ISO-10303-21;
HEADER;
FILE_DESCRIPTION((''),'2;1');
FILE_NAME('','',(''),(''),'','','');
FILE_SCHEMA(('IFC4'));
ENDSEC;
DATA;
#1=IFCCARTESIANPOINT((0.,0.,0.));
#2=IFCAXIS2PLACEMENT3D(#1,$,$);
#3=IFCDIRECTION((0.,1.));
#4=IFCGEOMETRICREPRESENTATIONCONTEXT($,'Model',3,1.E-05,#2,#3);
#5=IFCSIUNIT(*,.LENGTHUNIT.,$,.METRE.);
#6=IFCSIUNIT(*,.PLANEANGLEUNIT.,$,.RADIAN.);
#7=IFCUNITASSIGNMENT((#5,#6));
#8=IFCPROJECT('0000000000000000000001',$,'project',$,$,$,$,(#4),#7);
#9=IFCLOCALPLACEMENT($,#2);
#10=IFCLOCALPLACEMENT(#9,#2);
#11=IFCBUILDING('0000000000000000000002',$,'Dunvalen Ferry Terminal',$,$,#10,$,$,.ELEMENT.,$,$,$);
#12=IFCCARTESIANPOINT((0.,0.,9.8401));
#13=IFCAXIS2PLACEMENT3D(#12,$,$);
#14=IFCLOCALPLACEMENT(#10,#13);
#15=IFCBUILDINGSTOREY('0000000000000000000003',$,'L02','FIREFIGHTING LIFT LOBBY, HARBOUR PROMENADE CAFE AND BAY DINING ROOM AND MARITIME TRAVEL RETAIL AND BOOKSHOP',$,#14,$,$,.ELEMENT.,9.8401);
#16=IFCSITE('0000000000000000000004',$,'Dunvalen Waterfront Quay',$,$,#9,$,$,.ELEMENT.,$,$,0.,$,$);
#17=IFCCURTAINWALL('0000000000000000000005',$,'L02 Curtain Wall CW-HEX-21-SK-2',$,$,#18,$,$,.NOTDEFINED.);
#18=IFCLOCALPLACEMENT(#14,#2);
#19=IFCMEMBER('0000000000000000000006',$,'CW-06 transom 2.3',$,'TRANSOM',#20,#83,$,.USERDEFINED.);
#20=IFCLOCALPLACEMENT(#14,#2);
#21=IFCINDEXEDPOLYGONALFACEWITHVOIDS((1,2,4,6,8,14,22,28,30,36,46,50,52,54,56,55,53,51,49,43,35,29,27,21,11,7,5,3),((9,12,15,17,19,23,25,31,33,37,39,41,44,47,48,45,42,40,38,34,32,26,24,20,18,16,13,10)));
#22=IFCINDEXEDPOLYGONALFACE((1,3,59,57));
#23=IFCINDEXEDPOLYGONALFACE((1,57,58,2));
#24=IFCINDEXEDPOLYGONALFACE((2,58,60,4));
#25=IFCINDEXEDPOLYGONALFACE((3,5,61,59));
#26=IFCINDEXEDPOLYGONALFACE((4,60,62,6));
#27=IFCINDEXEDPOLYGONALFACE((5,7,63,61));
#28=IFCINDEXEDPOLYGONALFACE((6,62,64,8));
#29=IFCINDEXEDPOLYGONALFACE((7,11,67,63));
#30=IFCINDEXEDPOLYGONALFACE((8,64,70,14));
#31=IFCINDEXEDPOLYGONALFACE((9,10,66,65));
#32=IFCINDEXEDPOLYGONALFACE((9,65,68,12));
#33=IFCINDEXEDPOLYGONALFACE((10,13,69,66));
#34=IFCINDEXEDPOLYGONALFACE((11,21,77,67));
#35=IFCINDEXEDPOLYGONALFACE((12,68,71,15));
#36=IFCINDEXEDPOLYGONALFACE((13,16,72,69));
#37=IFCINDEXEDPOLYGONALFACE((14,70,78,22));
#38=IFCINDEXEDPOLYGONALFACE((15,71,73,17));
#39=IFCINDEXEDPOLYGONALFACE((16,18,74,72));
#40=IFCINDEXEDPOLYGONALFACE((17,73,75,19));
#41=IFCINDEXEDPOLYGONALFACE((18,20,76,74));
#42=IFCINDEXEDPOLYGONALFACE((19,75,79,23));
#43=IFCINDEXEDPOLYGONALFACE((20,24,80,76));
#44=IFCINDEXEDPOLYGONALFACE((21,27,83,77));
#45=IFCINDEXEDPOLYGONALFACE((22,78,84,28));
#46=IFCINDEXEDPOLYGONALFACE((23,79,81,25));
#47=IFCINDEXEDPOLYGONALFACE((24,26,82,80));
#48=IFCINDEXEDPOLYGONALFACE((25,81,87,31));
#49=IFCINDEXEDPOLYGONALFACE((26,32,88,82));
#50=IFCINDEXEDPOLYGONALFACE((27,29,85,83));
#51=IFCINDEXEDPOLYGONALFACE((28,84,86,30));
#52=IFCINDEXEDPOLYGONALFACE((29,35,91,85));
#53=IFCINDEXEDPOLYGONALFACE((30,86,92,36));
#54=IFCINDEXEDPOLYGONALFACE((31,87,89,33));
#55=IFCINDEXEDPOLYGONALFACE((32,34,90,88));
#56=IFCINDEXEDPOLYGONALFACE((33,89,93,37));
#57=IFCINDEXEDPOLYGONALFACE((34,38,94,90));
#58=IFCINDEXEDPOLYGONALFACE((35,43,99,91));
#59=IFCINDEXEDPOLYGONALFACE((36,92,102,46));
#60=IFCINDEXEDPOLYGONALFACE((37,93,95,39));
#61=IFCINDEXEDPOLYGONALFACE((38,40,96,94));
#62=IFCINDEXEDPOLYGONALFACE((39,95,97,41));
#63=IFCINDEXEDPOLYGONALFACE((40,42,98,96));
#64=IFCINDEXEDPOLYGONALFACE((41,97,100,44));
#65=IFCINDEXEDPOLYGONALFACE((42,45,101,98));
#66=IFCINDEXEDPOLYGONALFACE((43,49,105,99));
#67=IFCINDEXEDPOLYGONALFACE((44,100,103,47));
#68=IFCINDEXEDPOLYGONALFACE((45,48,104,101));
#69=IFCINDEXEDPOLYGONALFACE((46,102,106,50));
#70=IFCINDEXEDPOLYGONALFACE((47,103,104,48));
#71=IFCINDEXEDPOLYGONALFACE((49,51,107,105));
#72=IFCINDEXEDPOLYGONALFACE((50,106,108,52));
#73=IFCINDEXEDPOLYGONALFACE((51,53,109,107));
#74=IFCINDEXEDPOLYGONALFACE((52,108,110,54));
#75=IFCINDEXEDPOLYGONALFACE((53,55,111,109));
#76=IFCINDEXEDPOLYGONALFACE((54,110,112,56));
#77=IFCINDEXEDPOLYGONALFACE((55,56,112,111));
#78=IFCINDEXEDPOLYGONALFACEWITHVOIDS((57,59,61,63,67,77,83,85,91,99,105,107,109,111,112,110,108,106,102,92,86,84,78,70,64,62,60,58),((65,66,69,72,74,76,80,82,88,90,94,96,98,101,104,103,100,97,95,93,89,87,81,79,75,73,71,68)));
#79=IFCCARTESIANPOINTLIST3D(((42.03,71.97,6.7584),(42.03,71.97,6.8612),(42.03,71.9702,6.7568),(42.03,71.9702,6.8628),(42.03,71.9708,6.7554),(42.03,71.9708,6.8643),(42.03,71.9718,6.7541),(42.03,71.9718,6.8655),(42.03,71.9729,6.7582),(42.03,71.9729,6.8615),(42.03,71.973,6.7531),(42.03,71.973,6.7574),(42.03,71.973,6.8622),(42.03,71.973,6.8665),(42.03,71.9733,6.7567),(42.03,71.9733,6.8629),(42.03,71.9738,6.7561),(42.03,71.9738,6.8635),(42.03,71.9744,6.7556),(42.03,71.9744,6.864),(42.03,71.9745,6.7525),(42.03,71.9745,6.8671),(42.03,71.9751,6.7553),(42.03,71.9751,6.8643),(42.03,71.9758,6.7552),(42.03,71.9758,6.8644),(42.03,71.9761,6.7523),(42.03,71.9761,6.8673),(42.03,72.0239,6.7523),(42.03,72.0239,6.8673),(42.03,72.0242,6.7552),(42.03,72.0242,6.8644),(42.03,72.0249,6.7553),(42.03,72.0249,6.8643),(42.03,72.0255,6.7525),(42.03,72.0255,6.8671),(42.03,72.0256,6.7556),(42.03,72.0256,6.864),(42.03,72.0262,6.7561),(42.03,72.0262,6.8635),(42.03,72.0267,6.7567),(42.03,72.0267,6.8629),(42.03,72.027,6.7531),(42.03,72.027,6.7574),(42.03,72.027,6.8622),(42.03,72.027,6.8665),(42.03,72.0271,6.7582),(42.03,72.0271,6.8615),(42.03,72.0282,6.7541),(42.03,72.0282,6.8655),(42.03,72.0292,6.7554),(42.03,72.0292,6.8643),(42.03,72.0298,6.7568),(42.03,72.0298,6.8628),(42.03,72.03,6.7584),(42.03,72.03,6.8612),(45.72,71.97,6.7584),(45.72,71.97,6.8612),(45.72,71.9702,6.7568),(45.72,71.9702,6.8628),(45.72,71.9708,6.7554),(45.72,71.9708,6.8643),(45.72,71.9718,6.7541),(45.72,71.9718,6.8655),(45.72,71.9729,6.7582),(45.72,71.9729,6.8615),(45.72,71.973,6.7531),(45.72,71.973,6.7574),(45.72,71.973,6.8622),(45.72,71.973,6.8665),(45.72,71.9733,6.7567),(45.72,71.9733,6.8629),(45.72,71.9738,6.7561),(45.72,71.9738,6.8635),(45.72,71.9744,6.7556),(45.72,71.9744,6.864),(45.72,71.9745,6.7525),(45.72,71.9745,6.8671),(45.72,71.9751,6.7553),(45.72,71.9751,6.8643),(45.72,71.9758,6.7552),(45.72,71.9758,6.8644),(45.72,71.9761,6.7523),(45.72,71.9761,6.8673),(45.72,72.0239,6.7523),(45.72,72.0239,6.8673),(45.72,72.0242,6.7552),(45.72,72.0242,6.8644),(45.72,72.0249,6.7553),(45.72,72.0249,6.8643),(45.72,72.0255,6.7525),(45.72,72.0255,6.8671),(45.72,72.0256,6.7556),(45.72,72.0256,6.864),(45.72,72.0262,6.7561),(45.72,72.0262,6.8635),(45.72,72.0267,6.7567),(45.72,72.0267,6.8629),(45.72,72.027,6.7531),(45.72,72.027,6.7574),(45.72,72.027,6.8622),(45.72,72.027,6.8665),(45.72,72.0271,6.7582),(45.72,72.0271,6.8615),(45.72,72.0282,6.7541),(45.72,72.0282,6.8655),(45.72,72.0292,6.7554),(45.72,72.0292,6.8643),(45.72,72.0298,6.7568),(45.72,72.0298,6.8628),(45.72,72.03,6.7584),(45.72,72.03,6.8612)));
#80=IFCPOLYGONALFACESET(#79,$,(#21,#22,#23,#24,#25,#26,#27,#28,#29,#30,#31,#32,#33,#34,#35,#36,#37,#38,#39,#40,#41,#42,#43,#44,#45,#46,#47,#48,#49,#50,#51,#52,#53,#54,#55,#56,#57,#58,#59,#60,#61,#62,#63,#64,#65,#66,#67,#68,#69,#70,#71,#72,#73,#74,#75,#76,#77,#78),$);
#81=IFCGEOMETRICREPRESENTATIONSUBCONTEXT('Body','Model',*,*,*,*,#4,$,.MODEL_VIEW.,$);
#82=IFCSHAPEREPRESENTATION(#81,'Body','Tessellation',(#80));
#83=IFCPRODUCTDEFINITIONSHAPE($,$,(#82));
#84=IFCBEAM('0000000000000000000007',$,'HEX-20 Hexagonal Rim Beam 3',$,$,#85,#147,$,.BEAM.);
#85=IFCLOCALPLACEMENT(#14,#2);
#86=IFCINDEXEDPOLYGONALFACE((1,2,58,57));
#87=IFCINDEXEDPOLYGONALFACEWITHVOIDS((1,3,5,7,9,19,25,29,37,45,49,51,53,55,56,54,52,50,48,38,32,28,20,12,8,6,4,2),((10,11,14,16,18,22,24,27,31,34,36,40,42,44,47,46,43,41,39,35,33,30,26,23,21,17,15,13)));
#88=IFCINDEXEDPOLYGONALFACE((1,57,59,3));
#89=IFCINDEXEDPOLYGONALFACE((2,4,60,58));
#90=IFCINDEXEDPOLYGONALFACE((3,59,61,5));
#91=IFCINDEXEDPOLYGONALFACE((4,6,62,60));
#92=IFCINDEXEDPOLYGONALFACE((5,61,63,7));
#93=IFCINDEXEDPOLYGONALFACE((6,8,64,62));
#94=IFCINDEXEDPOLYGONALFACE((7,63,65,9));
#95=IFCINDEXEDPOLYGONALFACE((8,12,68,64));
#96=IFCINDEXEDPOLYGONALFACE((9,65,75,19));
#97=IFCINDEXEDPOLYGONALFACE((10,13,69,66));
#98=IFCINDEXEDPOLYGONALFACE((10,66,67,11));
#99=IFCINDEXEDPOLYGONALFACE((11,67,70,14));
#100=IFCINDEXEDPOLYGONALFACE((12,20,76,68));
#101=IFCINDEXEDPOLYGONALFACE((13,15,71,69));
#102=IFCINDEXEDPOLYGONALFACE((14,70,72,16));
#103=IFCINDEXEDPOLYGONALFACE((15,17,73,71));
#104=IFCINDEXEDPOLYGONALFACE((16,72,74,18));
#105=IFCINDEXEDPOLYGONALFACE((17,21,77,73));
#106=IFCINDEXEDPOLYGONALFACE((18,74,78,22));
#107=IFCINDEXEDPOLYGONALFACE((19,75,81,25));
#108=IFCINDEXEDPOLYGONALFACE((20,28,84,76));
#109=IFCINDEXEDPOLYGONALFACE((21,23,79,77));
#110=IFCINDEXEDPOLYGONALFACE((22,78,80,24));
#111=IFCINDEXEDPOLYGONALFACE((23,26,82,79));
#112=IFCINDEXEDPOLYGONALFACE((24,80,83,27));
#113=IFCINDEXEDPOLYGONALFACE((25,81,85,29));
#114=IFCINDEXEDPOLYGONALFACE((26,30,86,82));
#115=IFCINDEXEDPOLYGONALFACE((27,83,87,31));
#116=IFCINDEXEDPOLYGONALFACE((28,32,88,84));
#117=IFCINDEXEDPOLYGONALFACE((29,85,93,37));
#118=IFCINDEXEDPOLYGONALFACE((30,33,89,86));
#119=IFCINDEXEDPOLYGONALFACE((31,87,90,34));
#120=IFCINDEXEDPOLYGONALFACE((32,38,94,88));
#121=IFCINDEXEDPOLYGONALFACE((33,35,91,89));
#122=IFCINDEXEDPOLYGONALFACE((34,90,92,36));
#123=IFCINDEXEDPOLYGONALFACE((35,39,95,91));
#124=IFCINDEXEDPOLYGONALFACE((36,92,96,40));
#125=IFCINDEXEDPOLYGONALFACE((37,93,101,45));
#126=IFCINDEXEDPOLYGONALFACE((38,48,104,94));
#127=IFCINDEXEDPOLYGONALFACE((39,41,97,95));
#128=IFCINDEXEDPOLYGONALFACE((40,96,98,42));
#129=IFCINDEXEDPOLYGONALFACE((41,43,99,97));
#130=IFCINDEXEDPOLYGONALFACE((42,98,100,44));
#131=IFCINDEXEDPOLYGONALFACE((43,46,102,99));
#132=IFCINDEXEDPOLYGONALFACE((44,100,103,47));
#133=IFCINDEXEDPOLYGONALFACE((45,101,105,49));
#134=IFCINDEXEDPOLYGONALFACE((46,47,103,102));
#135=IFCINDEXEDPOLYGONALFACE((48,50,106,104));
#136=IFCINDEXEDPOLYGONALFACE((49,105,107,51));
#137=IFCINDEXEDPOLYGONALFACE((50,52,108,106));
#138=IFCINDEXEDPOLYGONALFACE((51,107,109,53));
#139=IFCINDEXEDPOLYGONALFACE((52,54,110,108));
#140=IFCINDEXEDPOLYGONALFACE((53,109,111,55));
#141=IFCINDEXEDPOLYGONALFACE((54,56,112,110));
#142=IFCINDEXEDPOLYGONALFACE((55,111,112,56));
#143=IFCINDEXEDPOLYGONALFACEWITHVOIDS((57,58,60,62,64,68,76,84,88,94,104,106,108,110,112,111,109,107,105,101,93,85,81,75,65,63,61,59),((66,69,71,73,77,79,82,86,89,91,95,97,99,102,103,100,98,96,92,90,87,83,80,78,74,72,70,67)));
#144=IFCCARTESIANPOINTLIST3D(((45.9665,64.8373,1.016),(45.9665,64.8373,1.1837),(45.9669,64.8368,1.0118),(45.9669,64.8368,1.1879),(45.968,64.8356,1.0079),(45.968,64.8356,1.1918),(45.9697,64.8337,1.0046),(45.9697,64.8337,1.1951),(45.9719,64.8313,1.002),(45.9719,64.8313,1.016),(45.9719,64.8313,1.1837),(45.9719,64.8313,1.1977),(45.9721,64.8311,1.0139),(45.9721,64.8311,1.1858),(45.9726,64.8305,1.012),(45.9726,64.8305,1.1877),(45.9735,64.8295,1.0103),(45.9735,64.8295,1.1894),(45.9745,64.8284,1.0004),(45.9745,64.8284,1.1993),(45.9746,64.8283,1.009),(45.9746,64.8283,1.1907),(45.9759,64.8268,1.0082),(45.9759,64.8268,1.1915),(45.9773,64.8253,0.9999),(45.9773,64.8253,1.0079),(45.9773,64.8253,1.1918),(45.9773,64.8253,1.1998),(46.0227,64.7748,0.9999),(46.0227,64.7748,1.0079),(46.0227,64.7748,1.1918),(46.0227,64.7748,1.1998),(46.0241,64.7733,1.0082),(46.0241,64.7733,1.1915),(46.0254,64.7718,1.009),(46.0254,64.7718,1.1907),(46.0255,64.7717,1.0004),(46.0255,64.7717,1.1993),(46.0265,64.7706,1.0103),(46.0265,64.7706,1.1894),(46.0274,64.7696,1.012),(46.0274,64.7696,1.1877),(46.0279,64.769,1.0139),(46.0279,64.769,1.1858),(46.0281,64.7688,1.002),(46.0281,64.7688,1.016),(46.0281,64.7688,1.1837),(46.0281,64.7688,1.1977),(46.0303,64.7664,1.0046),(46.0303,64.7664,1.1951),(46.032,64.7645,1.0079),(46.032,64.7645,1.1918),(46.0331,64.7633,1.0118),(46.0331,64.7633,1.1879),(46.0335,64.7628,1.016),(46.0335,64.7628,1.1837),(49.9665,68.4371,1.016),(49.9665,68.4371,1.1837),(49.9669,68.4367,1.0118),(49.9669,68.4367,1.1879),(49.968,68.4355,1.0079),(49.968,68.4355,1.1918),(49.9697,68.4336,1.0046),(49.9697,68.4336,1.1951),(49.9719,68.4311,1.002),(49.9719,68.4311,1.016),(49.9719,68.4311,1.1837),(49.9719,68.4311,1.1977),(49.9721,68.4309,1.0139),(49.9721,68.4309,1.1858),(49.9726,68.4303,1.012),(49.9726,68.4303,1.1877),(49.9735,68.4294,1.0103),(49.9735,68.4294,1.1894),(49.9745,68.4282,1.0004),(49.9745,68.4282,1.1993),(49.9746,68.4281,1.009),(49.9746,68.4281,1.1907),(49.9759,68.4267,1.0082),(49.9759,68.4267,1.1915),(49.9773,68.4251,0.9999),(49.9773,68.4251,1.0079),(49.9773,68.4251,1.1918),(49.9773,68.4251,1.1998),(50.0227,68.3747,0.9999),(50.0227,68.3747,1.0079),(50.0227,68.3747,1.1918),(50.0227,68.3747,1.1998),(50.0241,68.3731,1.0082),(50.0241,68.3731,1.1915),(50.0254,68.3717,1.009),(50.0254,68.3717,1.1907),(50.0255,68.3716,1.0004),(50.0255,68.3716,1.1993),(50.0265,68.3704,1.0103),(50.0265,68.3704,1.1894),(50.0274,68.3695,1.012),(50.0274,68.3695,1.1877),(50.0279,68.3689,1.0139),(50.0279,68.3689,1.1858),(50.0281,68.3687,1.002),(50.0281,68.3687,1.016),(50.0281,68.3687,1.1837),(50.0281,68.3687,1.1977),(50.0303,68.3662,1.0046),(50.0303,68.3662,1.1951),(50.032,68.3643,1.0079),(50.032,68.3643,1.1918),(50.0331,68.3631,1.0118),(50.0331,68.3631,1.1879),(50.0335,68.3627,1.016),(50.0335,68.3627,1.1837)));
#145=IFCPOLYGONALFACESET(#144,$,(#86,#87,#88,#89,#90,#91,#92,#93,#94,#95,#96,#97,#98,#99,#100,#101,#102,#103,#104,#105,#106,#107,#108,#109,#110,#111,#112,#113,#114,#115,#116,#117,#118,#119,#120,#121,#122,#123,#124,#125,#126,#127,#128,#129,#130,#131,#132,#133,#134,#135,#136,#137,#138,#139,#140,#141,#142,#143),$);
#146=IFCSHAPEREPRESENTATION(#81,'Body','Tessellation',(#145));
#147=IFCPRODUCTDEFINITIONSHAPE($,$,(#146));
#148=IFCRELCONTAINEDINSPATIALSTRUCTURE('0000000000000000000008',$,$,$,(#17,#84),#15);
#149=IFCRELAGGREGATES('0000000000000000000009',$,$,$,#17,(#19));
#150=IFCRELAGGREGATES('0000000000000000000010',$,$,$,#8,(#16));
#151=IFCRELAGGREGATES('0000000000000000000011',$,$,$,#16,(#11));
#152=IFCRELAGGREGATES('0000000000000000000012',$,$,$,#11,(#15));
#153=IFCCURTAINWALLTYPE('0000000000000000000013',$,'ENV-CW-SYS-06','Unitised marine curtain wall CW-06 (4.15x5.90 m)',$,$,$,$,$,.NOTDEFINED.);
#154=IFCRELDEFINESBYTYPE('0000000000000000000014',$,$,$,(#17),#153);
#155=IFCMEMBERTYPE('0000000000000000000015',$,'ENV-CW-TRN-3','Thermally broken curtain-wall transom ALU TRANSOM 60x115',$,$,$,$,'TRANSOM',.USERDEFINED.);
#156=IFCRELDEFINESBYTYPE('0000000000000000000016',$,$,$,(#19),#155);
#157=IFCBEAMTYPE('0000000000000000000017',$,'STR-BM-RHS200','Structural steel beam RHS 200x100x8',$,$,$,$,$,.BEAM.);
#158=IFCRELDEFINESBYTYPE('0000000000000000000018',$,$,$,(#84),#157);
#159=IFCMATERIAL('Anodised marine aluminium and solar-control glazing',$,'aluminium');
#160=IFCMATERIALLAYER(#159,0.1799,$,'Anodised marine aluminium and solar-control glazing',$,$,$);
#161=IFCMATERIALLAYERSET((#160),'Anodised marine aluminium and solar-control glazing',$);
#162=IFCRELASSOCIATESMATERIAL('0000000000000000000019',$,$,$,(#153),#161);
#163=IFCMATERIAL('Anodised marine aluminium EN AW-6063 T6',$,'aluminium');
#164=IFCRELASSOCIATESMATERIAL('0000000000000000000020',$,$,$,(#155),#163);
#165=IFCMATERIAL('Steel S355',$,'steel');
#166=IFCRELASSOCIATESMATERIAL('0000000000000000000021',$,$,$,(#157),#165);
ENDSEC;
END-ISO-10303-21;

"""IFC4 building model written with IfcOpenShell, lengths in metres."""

from ifc_helpers import new_model, si_unit, direction, frame, origin, origin_2d, place, context, subcontext, project, spatial, hollow_rectangle, extrude, material, layer, layer_set, material_profile, profile_set, type_object, element, aggregate, save


model = new_model("IFC4")

# Units and contexts
model_context = context("Model", 3, precision=1e-05, world=origin(), true_north=direction((0.0, 1.0)))
body_context = subcontext(model_context, "Body", "Model", "MODEL_VIEW")
ifc_project = project(units=[si_unit("LENGTHUNIT", "METRE"), si_unit("PLANEANGLEUNIT", "RADIAN")], contexts=[model_context])

# Site, building, storey
site_placement = place(None, origin())
site = spatial("IfcSite", under=ifc_project, at=site_placement, Name="Dunvalen Waterfront Quay", CompositionType="ELEMENT", RefElevation=0.0)
building_placement = place(site_placement, origin())
building = spatial("IfcBuilding", under=site, at=building_placement, Name="Dunvalen Ferry Terminal", CompositionType="ELEMENT")
storey_placement = place(building_placement, frame((0.0, 0.0, 9.8401)))
storey = spatial("IfcBuildingStorey", under=building, at=storey_placement, Name="L02", Description="FIREFIGHTING LIFT LOBBY, HARBOUR PROMENADE CAFE AND BAY DINING ROOM AND MARITIME TRAVEL RETAIL AND BOOKSHOP", CompositionType="ELEMENT", Elevation=9.8401)

# Curtain wall, member
ifc_material_1 = material(Name="Anodised marine aluminium and solar-control glazing", Category="aluminium")
ifc_layer_1 = layer(ifc_material_1, 0.1799, Name="Anodised marine aluminium and solar-control glazing")
ifc_layer_set_1 = layer_set([ifc_layer_1], Name="Anodised marine aluminium and solar-control glazing")
curtain_wall_type = type_object("IfcCurtainWallType", Name="ENV-CW-SYS-06", Description="Unitised marine curtain wall CW-06 (4.15x5.90 m)", PredefinedType="NOTDEFINED", material=ifc_layer_set_1)
curtain_wall_placement = place(storey_placement, origin())
curtain_wall = element("IfcCurtainWall", 1, at=curtain_wall_placement, inside=storey, type_object=curtain_wall_type, Name="L02 Curtain Wall CW-HEX-21-SK-2", PredefinedType="NOTDEFINED")
ifc_material_2 = material(Name="Anodised marine aluminium EN AW-6063 T6", Category="aluminium")
ifc_material_profile_1 = material_profile(ifc_material_2, hollow_rectangle(XDim=0.0601, YDim=0.115, WallThickness=0.0029, InnerFilletRadius=0.0029, OuterFilletRadius=0.0061, at=origin_2d()), Name="Anodised marine aluminium EN AW-6063 T6")
ifc_profile_set_1 = profile_set([ifc_material_profile_1], Name="Anodised marine aluminium EN AW-6063 T6")
member_type_1 = type_object("IfcMemberType", Name="ENV-CW-TRN-3", Description="Thermally broken curtain-wall transom ALU TRANSOM 60x115", ElementType="TRANSOM", PredefinedType="USERDEFINED", material=ifc_profile_set_1)
member_1_placement = place(storey_placement, frame((42.03, 72.0, 6.8098), z_axis=(1.0, 0.0, 0.0), x_axis=(0.0, 1.0, 0.0)))
member_1 = element("IfcMember", 2, at=member_1_placement, type_object=member_type_1, Name="CW-06 transom 2.3", ObjectType="TRANSOM", PredefinedType="USERDEFINED", context=body_context, shape_type="SweptSolid", body=[
    extrude(hollow_rectangle(XDim=0.0601, YDim=0.115, WallThickness=0.0029, InnerFilletRadius=0.0029, OuterFilletRadius=0.0061, at=origin_2d()), origin(), (0.0, 0.0, 1.0), 3.6899),
])

# Beam
ifc_material_3 = material(Name="Steel S355", Category="steel")
ifc_material_profile_2 = material_profile(ifc_material_3, hollow_rectangle(XDim=0.1001, YDim=0.2, WallThickness=0.0081, InnerFilletRadius=0.0081, OuterFilletRadius=0.0161, at=origin_2d()), Name="Steel S355")
ifc_profile_set_2 = profile_set([ifc_material_profile_2], Name="Steel S355")
beam_type_1 = type_object("IfcBeamType", Name="STR-BM-RHS200", Description="Structural steel beam RHS 200x100x8", PredefinedType="BEAM", material=ifc_profile_set_2)
beam_1_placement = place(storey_placement, frame((46.0, 64.8, 1.0999), z_axis=(0.743308, 0.66895, 0.0), x_axis=(-0.66895, 0.743308, 0.0)))
element("IfcBeam", 3, at=beam_1_placement, inside=storey, type_object=beam_type_1, Name="HEX-20 Hexagonal Rim Beam 3", PredefinedType="BEAM", context=body_context, shape_type="SweptSolid", body=[
    extrude(hollow_rectangle(XDim=0.1001, YDim=0.2, WallThickness=0.0081, InnerFilletRadius=0.0081, OuterFilletRadius=0.0161, at=origin_2d()), origin(), (0.0, 0.0, 1.0), 5.3813),
])

aggregate(curtain_wall, [member_1])

save(model, "model.ifc")
